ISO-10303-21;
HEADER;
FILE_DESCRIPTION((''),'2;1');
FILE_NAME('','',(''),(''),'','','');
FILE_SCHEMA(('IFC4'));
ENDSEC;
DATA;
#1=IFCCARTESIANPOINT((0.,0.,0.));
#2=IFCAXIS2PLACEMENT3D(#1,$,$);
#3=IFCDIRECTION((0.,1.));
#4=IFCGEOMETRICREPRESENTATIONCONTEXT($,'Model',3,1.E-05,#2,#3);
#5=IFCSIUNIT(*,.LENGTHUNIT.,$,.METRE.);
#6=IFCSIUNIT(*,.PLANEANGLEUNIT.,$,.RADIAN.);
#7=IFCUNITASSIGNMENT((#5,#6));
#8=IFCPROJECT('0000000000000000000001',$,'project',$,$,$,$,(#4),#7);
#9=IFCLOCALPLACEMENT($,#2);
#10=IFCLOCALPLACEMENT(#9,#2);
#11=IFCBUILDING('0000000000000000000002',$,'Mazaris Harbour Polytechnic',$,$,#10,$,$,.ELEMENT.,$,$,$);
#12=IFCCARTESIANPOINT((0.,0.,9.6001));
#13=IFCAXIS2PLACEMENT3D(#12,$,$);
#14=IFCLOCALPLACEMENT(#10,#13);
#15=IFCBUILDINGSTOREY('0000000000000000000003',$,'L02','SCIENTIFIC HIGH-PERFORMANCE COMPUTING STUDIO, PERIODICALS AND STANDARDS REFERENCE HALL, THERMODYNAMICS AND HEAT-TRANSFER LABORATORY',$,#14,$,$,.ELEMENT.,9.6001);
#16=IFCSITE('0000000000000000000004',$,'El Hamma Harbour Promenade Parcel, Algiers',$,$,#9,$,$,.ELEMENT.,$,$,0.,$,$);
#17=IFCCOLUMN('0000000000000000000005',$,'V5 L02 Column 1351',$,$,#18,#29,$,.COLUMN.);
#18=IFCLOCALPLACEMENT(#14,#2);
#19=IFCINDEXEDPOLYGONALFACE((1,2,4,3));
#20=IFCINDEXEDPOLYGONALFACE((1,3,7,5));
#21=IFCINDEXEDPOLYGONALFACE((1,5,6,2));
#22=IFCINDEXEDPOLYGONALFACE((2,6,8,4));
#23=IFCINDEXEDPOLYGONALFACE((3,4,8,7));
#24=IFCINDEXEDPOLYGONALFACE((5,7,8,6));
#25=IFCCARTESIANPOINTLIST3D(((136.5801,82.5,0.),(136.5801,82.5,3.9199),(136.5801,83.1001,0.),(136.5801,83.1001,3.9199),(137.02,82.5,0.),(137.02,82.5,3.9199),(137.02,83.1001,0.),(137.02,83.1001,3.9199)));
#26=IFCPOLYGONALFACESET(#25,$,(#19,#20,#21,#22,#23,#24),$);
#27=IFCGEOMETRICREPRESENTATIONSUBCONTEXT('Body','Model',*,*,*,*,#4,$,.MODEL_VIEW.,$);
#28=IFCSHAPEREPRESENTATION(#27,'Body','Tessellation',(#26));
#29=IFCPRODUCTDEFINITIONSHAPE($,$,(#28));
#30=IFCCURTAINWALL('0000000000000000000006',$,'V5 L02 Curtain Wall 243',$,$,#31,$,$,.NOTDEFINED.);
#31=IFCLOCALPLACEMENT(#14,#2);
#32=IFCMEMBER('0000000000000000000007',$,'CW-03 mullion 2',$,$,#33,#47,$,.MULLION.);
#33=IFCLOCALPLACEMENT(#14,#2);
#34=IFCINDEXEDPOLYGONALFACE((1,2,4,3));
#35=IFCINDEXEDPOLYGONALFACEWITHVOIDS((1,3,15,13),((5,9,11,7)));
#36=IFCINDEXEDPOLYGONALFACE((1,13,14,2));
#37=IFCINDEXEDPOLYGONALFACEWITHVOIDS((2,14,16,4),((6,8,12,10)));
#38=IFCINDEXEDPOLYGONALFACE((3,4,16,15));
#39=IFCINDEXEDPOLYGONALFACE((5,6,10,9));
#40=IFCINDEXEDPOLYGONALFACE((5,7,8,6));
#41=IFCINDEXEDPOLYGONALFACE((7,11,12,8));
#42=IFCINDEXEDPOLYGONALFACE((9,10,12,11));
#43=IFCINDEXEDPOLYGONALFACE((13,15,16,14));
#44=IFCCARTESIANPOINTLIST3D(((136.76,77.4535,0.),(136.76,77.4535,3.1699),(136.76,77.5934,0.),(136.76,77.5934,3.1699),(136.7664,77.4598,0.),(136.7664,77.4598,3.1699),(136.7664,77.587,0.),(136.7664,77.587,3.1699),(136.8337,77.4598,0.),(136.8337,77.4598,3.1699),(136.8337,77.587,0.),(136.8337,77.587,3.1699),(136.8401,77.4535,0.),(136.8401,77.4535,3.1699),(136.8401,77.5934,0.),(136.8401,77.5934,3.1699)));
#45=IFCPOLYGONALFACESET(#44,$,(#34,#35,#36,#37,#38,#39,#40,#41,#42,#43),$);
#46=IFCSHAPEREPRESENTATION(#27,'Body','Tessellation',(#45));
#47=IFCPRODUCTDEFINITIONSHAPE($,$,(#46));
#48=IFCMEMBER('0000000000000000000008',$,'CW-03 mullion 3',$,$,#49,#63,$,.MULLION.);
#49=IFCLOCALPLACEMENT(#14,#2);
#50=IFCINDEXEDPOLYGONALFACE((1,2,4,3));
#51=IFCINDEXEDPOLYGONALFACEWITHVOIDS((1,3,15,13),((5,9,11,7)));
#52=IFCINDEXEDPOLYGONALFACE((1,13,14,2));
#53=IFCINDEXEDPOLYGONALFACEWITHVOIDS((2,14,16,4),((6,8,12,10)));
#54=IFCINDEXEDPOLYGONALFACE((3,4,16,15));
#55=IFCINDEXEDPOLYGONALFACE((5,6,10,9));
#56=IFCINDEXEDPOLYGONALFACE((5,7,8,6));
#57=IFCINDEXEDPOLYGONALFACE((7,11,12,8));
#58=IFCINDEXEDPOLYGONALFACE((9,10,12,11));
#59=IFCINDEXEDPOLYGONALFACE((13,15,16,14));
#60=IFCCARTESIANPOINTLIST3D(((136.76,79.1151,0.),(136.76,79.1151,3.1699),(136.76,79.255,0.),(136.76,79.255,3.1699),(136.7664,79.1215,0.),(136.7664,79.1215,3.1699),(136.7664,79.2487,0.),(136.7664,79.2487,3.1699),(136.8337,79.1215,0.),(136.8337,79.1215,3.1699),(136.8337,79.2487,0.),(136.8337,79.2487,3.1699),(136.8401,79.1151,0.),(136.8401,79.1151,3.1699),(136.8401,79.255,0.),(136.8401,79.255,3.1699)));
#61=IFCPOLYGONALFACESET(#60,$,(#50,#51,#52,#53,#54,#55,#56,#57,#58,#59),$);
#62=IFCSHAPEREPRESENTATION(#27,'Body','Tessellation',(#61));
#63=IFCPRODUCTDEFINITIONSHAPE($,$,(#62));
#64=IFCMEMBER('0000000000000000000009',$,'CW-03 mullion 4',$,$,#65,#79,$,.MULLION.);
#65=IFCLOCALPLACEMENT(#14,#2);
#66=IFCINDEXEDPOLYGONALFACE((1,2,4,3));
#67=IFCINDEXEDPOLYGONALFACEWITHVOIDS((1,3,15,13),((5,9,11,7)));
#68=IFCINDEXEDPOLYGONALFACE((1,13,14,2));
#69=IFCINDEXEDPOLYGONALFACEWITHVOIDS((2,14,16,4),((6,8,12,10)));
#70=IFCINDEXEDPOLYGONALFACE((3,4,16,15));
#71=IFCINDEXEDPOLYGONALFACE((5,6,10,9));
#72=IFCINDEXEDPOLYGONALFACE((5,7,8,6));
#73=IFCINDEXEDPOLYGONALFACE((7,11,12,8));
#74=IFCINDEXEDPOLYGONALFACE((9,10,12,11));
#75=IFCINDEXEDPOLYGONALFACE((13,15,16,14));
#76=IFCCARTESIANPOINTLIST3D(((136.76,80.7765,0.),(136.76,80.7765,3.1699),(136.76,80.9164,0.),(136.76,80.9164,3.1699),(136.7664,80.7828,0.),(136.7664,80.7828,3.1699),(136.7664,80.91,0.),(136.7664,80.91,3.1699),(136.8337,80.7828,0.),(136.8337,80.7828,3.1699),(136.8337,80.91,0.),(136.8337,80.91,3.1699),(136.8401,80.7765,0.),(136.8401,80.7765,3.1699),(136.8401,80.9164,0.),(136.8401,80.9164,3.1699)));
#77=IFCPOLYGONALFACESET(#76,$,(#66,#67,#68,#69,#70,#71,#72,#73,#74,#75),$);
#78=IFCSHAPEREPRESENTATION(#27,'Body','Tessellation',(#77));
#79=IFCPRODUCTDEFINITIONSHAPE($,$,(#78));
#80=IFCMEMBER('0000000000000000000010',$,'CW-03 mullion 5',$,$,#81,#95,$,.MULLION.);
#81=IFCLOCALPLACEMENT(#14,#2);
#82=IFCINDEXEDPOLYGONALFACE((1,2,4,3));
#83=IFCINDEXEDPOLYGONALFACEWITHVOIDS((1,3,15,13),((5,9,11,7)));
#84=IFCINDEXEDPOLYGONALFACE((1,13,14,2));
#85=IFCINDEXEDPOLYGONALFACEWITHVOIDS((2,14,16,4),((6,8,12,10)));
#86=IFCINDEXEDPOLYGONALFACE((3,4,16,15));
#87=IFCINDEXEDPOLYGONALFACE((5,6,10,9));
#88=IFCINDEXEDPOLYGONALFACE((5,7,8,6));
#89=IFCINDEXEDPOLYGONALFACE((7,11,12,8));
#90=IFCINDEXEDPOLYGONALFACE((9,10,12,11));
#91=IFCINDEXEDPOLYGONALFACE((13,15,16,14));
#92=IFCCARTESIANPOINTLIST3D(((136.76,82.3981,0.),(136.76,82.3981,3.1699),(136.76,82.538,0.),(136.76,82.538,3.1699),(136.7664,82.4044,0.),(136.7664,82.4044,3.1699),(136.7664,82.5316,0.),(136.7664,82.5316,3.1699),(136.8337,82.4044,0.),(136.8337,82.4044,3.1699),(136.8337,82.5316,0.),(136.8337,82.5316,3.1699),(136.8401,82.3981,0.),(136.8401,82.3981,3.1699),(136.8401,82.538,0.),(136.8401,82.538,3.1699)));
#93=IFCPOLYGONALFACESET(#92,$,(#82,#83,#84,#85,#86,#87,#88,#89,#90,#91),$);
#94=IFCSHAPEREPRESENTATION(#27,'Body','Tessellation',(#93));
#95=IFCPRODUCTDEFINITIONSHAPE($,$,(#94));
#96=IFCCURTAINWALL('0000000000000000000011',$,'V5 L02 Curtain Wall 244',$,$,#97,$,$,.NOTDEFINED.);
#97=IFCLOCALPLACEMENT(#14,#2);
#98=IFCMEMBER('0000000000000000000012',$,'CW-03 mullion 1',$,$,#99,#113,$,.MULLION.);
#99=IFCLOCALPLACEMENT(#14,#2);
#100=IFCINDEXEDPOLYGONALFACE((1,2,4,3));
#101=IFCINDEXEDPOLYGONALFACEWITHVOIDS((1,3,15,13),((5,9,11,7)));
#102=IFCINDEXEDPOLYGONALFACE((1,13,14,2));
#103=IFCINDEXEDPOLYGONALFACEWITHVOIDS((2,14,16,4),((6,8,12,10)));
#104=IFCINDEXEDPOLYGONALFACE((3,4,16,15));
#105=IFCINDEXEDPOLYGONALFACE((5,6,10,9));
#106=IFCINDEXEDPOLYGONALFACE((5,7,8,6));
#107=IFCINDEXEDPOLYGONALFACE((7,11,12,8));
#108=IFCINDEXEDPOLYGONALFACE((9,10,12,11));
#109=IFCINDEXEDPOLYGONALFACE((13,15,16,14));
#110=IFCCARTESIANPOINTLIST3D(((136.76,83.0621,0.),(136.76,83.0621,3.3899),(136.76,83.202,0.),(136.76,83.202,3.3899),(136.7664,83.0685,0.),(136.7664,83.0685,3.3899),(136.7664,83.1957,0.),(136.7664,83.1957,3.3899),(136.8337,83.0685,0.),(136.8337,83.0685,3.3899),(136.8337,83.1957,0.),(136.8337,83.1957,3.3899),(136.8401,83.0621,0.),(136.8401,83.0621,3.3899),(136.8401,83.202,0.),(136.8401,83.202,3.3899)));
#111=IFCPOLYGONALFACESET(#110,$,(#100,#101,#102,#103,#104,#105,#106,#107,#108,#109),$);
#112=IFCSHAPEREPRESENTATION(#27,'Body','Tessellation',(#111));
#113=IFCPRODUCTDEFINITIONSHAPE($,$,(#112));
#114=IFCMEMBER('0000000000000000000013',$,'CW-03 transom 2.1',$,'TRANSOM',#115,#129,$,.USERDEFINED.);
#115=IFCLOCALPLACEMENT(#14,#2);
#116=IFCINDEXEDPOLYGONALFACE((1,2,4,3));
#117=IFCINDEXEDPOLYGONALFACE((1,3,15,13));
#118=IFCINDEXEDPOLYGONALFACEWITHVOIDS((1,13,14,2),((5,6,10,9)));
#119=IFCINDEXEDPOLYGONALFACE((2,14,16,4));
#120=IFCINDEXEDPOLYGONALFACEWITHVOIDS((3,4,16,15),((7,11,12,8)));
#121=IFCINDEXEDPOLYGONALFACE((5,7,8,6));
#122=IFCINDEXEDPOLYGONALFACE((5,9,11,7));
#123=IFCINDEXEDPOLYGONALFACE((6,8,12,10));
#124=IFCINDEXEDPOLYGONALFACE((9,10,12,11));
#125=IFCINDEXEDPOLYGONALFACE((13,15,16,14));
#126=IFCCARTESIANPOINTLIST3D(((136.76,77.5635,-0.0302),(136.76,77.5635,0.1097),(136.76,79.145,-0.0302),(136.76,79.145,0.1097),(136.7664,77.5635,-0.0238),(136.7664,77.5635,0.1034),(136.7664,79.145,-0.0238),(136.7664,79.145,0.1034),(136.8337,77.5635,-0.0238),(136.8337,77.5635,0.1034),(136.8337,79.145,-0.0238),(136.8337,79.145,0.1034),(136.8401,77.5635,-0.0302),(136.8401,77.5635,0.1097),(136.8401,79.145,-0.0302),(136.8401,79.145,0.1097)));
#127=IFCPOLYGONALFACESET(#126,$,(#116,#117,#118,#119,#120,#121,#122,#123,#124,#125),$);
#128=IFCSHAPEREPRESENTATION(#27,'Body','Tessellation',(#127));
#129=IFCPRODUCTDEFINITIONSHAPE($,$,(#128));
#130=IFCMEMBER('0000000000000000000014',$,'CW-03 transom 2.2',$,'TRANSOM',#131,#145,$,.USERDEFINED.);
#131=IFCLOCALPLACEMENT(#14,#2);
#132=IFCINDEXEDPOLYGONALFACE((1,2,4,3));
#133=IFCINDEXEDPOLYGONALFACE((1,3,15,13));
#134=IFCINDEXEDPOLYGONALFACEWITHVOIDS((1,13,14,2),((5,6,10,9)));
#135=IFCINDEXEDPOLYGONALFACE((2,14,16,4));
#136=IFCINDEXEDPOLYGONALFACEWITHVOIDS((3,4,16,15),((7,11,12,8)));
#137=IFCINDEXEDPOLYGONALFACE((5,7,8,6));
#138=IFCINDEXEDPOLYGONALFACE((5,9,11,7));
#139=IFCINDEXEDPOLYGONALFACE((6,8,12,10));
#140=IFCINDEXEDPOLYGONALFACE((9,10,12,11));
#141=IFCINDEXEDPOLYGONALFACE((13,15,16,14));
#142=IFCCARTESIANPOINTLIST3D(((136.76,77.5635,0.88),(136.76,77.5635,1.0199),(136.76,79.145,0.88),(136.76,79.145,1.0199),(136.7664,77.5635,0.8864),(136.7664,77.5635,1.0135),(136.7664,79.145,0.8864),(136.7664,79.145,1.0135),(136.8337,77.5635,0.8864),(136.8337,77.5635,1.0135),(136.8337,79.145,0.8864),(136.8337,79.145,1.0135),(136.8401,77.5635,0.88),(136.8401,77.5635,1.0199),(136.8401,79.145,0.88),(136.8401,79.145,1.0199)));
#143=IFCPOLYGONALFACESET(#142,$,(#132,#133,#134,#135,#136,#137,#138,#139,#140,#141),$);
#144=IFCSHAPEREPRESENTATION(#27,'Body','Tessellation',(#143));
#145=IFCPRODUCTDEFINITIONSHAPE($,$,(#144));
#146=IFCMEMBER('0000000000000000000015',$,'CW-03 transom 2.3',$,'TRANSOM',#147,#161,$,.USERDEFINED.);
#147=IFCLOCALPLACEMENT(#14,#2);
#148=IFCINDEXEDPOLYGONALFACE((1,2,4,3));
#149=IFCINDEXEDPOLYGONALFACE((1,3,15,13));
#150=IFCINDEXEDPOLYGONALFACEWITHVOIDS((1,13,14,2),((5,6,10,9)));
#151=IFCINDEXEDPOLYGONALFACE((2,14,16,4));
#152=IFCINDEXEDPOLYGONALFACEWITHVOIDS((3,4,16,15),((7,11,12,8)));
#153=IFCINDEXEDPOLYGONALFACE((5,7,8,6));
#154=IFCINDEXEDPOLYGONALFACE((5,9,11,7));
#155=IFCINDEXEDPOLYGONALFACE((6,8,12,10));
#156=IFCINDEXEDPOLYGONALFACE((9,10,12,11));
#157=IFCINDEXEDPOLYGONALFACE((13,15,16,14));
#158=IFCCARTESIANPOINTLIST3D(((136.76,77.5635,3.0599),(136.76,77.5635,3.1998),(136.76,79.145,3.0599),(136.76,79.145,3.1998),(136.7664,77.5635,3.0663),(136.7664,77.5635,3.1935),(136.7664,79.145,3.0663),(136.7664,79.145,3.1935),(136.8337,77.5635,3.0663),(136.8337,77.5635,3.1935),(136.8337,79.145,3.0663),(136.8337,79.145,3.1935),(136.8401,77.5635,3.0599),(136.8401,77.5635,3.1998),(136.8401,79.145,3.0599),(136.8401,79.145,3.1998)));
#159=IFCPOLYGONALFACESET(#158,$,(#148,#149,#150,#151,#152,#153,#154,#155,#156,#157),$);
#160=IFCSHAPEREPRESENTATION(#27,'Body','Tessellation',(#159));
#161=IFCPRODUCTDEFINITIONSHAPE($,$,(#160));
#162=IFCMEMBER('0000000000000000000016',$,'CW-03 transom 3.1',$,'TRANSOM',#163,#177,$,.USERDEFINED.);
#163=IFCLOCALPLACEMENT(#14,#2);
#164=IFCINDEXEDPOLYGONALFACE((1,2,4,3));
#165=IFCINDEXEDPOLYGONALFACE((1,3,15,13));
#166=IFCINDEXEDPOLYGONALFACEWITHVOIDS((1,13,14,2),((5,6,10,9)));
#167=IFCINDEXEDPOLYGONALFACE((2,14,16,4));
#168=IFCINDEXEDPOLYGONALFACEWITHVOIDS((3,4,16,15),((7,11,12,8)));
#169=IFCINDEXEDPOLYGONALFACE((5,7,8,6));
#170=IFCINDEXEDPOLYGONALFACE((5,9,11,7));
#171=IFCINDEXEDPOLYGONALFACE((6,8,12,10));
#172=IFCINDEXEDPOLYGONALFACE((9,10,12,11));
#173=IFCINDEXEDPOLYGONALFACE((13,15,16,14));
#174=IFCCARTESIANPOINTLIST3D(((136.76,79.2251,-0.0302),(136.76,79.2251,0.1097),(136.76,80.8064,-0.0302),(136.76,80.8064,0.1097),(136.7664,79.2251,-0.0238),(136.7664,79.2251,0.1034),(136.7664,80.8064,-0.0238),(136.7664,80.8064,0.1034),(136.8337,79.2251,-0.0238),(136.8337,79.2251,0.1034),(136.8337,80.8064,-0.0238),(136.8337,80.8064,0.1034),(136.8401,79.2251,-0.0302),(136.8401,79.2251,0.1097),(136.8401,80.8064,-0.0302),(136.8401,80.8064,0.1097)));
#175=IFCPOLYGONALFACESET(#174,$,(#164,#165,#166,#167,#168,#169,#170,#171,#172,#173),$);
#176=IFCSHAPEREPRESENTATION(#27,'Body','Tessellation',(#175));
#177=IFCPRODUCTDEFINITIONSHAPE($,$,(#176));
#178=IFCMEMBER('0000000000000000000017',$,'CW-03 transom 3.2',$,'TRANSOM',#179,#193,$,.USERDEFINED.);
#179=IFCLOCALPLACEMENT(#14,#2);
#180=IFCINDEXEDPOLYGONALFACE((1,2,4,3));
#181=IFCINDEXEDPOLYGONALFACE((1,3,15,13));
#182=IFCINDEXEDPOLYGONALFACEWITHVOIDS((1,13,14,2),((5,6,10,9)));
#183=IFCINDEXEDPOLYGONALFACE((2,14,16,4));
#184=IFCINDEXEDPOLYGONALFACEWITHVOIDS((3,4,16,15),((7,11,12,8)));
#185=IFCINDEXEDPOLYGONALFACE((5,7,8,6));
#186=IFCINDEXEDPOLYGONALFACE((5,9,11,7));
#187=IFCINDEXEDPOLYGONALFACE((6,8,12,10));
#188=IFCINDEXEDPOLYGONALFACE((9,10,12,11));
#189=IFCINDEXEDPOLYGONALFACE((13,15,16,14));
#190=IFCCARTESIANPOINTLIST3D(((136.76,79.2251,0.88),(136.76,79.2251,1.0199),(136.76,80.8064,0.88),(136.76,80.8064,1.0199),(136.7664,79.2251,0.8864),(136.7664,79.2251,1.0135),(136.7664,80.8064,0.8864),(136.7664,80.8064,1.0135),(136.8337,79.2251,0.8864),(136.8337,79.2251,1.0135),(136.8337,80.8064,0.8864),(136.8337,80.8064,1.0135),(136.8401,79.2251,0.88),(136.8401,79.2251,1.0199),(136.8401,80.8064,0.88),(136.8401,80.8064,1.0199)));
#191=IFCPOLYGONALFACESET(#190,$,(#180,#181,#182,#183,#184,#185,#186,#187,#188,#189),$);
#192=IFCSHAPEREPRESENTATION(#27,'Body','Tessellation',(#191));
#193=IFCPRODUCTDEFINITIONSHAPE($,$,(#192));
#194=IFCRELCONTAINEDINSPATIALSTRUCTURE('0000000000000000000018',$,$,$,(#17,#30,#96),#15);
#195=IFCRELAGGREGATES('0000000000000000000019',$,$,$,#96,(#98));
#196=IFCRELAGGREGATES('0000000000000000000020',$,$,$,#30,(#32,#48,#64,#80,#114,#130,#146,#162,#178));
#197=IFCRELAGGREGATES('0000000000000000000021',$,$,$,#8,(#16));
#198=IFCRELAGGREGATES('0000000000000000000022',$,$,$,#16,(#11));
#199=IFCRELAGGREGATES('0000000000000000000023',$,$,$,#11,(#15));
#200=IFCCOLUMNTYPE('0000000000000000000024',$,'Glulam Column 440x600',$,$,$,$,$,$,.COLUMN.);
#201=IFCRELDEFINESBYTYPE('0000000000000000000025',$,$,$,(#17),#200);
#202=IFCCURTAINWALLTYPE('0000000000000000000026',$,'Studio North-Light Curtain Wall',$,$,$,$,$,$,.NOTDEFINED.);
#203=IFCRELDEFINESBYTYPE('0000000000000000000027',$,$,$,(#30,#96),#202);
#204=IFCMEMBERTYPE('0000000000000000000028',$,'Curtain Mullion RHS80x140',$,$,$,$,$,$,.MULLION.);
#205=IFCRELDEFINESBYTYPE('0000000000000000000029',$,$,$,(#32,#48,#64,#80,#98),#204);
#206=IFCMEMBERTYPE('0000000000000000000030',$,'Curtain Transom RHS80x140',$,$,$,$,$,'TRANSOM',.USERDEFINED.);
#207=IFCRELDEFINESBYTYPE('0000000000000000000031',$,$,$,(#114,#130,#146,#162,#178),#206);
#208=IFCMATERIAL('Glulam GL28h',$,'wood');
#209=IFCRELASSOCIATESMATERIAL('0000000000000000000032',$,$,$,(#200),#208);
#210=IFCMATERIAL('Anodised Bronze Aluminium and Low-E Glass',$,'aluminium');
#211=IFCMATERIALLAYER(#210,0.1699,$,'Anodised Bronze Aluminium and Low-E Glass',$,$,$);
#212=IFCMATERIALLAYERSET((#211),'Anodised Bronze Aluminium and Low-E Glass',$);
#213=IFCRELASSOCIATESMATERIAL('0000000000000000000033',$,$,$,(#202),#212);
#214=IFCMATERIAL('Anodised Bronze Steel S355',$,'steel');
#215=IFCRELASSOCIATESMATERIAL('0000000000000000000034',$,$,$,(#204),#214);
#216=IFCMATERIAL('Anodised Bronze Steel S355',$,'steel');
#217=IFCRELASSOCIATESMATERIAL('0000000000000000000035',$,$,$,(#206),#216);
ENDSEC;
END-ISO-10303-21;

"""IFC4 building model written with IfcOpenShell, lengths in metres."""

from ifc_helpers import new_model, si_unit, direction, frame, origin, origin_2d, place, context, subcontext, project, spatial, rectangle, hollow_rectangle, extrude, material, layer, layer_set, material_profile, profile_set, type_object, element, aggregate, save


model = new_model("IFC4")

# Units and contexts
model_context = context("Model", 3, precision=1e-05, world=origin(), true_north=direction((0.0, 1.0)))
body_context = subcontext(model_context, "Body", "Model", "MODEL_VIEW")
ifc_project = project(units=[si_unit("LENGTHUNIT", "METRE"), si_unit("PLANEANGLEUNIT", "RADIAN")], contexts=[model_context])

# Site, building, storey
site_placement = place(None, origin())
site = spatial("IfcSite", under=ifc_project, at=site_placement, Name="El Hamma Harbour Promenade Parcel, Algiers", CompositionType="ELEMENT", RefElevation=0.0)
building_placement = place(site_placement, origin())
building = spatial("IfcBuilding", under=site, at=building_placement, Name="Mazaris Harbour Polytechnic", CompositionType="ELEMENT")
storey_placement = place(building_placement, frame((0.0, 0.0, 9.6001)))
storey = spatial("IfcBuildingStorey", under=building, at=storey_placement, Name="L02", Description="SCIENTIFIC HIGH-PERFORMANCE COMPUTING STUDIO, PERIODICALS AND STANDARDS REFERENCE HALL, THERMODYNAMICS AND HEAT-TRANSFER LABORATORY", CompositionType="ELEMENT", Elevation=9.6001)

# Column
ifc_material_1 = material(Name="Glulam GL28h", Category="wood")
ifc_material_profile_1 = material_profile(ifc_material_1, rectangle(XDim=0.4399, YDim=0.6001, at=origin_2d()), Name="RECT440x600")
ifc_profile_set_1 = profile_set([ifc_material_profile_1], Name="Glulam GL28h")
column_type = type_object("IfcColumnType", Name="Glulam Column 440x600", PredefinedType="COLUMN", material=ifc_profile_set_1)
column_placement = place(storey_placement, frame((136.8, 82.8, 0.0), z_axis=(0.0, 0.0, 1.0), x_axis=(1.0, 0.0, 0.0)))
element("IfcColumn", 1, at=column_placement, inside=storey, type_object=column_type, Name="V5 L02 Column 1351", PredefinedType="COLUMN", context=body_context, shape_type="SweptSolid", body=[
    extrude(rectangle(XDim=0.4399, YDim=0.6001, at=origin_2d()), origin(), (0.0, 0.0, 1.0), 3.9199),
])

# Curtain wall, members
ifc_material_2 = material(Name="Anodised Bronze Aluminium and Low-E Glass", Category="aluminium")
ifc_layer_1 = layer(ifc_material_2, 0.1699, Name="Anodised Bronze Aluminium and Low-E Glass")
ifc_layer_set_1 = layer_set([ifc_layer_1], Name="Anodised Bronze Aluminium and Low-E Glass")
curtain_wall_type = type_object("IfcCurtainWallType", Name="Studio North-Light Curtain Wall", PredefinedType="NOTDEFINED", material=ifc_layer_set_1)
curtain_wall_1_placement = place(storey_placement, origin())
curtain_wall_1 = element("IfcCurtainWall", 2, at=curtain_wall_1_placement, inside=storey, type_object=curtain_wall_type, Name="V5 L02 Curtain Wall 243", PredefinedType="NOTDEFINED")
ifc_material_3 = material(Name="Anodised Bronze Steel S355", Category="steel")
ifc_material_profile_2 = material_profile(ifc_material_3, hollow_rectangle(XDim=0.0801, YDim=0.1399, WallThickness=0.0063, at=origin_2d()), Name="RHS 80x140x6.3")
ifc_profile_set_2 = profile_set([ifc_material_profile_2], Name="Anodised Bronze Steel S355")
member_type_1 = type_object("IfcMemberType", Name="Curtain Mullion RHS80x140", PredefinedType="MULLION", material=ifc_profile_set_2)
member_1_placement = place(storey_placement, frame((136.8, 77.5234, 0.0), z_axis=(0.0, 0.0, 1.0), x_axis=(-1.0, 0.0, 0.0)))
member_1 = element("IfcMember", 3, at=member_1_placement, type_object=member_type_1, Name="CW-03 mullion 2", PredefinedType="MULLION", context=body_context, shape_type="SweptSolid", body=[
    extrude(hollow_rectangle(XDim=0.0801, YDim=0.1399, WallThickness=0.0063, at=origin_2d()), origin(), (0.0, 0.0, 1.0), 3.1699),
])
member_2_placement = place(storey_placement, frame((136.8, 79.1851, 0.0), z_axis=(0.0, 0.0, 1.0), x_axis=(-1.0, 0.0, 0.0)))
member_2 = element("IfcMember", 4, at=member_2_placement, type_object=member_type_1, Name="CW-03 mullion 3", PredefinedType="MULLION", context=body_context, shape_type="SweptSolid", body=[
    extrude(hollow_rectangle(XDim=0.0801, YDim=0.1399, WallThickness=0.0063, at=origin_2d()), origin(), (0.0, 0.0, 1.0), 3.1699),
])
member_3_placement = place(storey_placement, frame((136.8, 80.8464, 0.0), z_axis=(0.0, 0.0, 1.0), x_axis=(-1.0, 0.0, 0.0)))
member_3 = element("IfcMember", 5, at=member_3_placement, type_object=member_type_1, Name="CW-03 mullion 4", PredefinedType="MULLION", context=body_context, shape_type="SweptSolid", body=[
    extrude(hollow_rectangle(XDim=0.0801, YDim=0.1399, WallThickness=0.0063, at=origin_2d()), origin(), (0.0, 0.0, 1.0), 3.1699),
])
member_4_placement = place(storey_placement, frame((136.8, 82.468, 0.0), z_axis=(0.0, 0.0, 1.0), x_axis=(-1.0, 0.0, 0.0)))
member_4 = element("IfcMember", 6, at=member_4_placement, type_object=member_type_1, Name="CW-03 mullion 5", PredefinedType="MULLION", context=body_context, shape_type="SweptSolid", body=[
    extrude(hollow_rectangle(XDim=0.0801, YDim=0.1399, WallThickness=0.0063, at=origin_2d()), origin(), (0.0, 0.0, 1.0), 3.1699),
])

# Curtain wall, member
curtain_wall_2_placement = place(storey_placement, origin())
curtain_wall_2 = element("IfcCurtainWall", 7, at=curtain_wall_2_placement, inside=storey, type_object=curtain_wall_type, Name="V5 L02 Curtain Wall 244", PredefinedType="NOTDEFINED")
member_5_placement = place(storey_placement, frame((136.8, 83.1321, 0.0), z_axis=(0.0, 0.0, 1.0), x_axis=(-1.0, 0.0, 0.0)))
member_5 = element("IfcMember", 8, at=member_5_placement, type_object=member_type_1, Name="CW-03 mullion 1", PredefinedType="MULLION", context=body_context, shape_type="SweptSolid", body=[
    extrude(hollow_rectangle(XDim=0.0801, YDim=0.1399, WallThickness=0.0063, at=origin_2d()), origin(), (0.0, 0.0, 1.0), 3.3899),
])

# Members
ifc_material_4 = material(Name="Anodised Bronze Steel S355", Category="steel")
ifc_material_profile_3 = material_profile(ifc_material_4, hollow_rectangle(XDim=0.0801, YDim=0.1399, WallThickness=0.0063, at=origin_2d()), Name="RHS 80x140x6.3")
ifc_profile_set_3 = profile_set([ifc_material_profile_3], Name="Anodised Bronze Steel S355")
member_type_2 = type_object("IfcMemberType", Name="Curtain Transom RHS80x140", ElementType="TRANSOM", PredefinedType="USERDEFINED", material=ifc_profile_set_3)
member_6_placement = place(storey_placement, frame((136.8, 77.5635, 0.0398), z_axis=(0.0, 1.0, 0.0), x_axis=(-1.0, 0.0, 0.0)))
member_6 = element("IfcMember", 9, at=member_6_placement, type_object=member_type_2, Name="CW-03 transom 2.1", ObjectType="TRANSOM", PredefinedType="USERDEFINED", context=body_context, shape_type="SweptSolid", body=[
    extrude(hollow_rectangle(XDim=0.0801, YDim=0.1399, WallThickness=0.0063, at=origin_2d()), origin(), (0.0, 0.0, 1.0), 1.5815),
])
member_7_placement = place(storey_placement, frame((136.8, 77.5635, 0.95), z_axis=(0.0, 1.0, 0.0), x_axis=(-1.0, 0.0, 0.0)))
member_7 = element("IfcMember", 10, at=member_7_placement, type_object=member_type_2, Name="CW-03 transom 2.2", ObjectType="TRANSOM", PredefinedType="USERDEFINED", context=body_context, shape_type="SweptSolid", body=[
    extrude(hollow_rectangle(XDim=0.0801, YDim=0.1399, WallThickness=0.0063, at=origin_2d()), origin(), (0.0, 0.0, 1.0), 1.5815),
])
member_8_placement = place(storey_placement, frame((136.8, 77.5635, 3.1299), z_axis=(0.0, 1.0, 0.0), x_axis=(-1.0, 0.0, 0.0)))
member_8 = element("IfcMember", 11, at=member_8_placement, type_object=member_type_2, Name="CW-03 transom 2.3", ObjectType="TRANSOM", PredefinedType="USERDEFINED", context=body_context, shape_type="SweptSolid", body=[
    extrude(hollow_rectangle(XDim=0.0801, YDim=0.1399, WallThickness=0.0063, at=origin_2d()), origin(), (0.0, 0.0, 1.0), 1.5815),
])
member_9_placement = place(storey_placement, frame((136.8, 79.2251, 0.0398), z_axis=(0.0, 1.0, 0.0), x_axis=(-1.0, 0.0, 0.0)))
member_9 = element("IfcMember", 12, at=member_9_placement, type_object=member_type_2, Name="CW-03 transom 3.1", ObjectType="TRANSOM", PredefinedType="USERDEFINED", context=body_context, shape_type="SweptSolid", body=[
    extrude(hollow_rectangle(XDim=0.0801, YDim=0.1399, WallThickness=0.0063, at=origin_2d()), origin(), (0.0, 0.0, 1.0), 1.5813),
])
member_10_placement = place(storey_placement, frame((136.8, 79.2251, 0.95), z_axis=(0.0, 1.0, 0.0), x_axis=(-1.0, 0.0, 0.0)))
member_10 = element("IfcMember", 13, at=member_10_placement, type_object=member_type_2, Name="CW-03 transom 3.2", ObjectType="TRANSOM", PredefinedType="USERDEFINED", context=body_context, shape_type="SweptSolid", body=[
    extrude(hollow_rectangle(XDim=0.0801, YDim=0.1399, WallThickness=0.0063, at=origin_2d()), origin(), (0.0, 0.0, 1.0), 1.5813),
])
aggregate(curtain_wall_2, [member_5])

aggregate(curtain_wall_1, [member_1, member_2, member_3, member_4, member_6, member_7, member_8, member_9, member_10])

save(model, "model.ifc")
